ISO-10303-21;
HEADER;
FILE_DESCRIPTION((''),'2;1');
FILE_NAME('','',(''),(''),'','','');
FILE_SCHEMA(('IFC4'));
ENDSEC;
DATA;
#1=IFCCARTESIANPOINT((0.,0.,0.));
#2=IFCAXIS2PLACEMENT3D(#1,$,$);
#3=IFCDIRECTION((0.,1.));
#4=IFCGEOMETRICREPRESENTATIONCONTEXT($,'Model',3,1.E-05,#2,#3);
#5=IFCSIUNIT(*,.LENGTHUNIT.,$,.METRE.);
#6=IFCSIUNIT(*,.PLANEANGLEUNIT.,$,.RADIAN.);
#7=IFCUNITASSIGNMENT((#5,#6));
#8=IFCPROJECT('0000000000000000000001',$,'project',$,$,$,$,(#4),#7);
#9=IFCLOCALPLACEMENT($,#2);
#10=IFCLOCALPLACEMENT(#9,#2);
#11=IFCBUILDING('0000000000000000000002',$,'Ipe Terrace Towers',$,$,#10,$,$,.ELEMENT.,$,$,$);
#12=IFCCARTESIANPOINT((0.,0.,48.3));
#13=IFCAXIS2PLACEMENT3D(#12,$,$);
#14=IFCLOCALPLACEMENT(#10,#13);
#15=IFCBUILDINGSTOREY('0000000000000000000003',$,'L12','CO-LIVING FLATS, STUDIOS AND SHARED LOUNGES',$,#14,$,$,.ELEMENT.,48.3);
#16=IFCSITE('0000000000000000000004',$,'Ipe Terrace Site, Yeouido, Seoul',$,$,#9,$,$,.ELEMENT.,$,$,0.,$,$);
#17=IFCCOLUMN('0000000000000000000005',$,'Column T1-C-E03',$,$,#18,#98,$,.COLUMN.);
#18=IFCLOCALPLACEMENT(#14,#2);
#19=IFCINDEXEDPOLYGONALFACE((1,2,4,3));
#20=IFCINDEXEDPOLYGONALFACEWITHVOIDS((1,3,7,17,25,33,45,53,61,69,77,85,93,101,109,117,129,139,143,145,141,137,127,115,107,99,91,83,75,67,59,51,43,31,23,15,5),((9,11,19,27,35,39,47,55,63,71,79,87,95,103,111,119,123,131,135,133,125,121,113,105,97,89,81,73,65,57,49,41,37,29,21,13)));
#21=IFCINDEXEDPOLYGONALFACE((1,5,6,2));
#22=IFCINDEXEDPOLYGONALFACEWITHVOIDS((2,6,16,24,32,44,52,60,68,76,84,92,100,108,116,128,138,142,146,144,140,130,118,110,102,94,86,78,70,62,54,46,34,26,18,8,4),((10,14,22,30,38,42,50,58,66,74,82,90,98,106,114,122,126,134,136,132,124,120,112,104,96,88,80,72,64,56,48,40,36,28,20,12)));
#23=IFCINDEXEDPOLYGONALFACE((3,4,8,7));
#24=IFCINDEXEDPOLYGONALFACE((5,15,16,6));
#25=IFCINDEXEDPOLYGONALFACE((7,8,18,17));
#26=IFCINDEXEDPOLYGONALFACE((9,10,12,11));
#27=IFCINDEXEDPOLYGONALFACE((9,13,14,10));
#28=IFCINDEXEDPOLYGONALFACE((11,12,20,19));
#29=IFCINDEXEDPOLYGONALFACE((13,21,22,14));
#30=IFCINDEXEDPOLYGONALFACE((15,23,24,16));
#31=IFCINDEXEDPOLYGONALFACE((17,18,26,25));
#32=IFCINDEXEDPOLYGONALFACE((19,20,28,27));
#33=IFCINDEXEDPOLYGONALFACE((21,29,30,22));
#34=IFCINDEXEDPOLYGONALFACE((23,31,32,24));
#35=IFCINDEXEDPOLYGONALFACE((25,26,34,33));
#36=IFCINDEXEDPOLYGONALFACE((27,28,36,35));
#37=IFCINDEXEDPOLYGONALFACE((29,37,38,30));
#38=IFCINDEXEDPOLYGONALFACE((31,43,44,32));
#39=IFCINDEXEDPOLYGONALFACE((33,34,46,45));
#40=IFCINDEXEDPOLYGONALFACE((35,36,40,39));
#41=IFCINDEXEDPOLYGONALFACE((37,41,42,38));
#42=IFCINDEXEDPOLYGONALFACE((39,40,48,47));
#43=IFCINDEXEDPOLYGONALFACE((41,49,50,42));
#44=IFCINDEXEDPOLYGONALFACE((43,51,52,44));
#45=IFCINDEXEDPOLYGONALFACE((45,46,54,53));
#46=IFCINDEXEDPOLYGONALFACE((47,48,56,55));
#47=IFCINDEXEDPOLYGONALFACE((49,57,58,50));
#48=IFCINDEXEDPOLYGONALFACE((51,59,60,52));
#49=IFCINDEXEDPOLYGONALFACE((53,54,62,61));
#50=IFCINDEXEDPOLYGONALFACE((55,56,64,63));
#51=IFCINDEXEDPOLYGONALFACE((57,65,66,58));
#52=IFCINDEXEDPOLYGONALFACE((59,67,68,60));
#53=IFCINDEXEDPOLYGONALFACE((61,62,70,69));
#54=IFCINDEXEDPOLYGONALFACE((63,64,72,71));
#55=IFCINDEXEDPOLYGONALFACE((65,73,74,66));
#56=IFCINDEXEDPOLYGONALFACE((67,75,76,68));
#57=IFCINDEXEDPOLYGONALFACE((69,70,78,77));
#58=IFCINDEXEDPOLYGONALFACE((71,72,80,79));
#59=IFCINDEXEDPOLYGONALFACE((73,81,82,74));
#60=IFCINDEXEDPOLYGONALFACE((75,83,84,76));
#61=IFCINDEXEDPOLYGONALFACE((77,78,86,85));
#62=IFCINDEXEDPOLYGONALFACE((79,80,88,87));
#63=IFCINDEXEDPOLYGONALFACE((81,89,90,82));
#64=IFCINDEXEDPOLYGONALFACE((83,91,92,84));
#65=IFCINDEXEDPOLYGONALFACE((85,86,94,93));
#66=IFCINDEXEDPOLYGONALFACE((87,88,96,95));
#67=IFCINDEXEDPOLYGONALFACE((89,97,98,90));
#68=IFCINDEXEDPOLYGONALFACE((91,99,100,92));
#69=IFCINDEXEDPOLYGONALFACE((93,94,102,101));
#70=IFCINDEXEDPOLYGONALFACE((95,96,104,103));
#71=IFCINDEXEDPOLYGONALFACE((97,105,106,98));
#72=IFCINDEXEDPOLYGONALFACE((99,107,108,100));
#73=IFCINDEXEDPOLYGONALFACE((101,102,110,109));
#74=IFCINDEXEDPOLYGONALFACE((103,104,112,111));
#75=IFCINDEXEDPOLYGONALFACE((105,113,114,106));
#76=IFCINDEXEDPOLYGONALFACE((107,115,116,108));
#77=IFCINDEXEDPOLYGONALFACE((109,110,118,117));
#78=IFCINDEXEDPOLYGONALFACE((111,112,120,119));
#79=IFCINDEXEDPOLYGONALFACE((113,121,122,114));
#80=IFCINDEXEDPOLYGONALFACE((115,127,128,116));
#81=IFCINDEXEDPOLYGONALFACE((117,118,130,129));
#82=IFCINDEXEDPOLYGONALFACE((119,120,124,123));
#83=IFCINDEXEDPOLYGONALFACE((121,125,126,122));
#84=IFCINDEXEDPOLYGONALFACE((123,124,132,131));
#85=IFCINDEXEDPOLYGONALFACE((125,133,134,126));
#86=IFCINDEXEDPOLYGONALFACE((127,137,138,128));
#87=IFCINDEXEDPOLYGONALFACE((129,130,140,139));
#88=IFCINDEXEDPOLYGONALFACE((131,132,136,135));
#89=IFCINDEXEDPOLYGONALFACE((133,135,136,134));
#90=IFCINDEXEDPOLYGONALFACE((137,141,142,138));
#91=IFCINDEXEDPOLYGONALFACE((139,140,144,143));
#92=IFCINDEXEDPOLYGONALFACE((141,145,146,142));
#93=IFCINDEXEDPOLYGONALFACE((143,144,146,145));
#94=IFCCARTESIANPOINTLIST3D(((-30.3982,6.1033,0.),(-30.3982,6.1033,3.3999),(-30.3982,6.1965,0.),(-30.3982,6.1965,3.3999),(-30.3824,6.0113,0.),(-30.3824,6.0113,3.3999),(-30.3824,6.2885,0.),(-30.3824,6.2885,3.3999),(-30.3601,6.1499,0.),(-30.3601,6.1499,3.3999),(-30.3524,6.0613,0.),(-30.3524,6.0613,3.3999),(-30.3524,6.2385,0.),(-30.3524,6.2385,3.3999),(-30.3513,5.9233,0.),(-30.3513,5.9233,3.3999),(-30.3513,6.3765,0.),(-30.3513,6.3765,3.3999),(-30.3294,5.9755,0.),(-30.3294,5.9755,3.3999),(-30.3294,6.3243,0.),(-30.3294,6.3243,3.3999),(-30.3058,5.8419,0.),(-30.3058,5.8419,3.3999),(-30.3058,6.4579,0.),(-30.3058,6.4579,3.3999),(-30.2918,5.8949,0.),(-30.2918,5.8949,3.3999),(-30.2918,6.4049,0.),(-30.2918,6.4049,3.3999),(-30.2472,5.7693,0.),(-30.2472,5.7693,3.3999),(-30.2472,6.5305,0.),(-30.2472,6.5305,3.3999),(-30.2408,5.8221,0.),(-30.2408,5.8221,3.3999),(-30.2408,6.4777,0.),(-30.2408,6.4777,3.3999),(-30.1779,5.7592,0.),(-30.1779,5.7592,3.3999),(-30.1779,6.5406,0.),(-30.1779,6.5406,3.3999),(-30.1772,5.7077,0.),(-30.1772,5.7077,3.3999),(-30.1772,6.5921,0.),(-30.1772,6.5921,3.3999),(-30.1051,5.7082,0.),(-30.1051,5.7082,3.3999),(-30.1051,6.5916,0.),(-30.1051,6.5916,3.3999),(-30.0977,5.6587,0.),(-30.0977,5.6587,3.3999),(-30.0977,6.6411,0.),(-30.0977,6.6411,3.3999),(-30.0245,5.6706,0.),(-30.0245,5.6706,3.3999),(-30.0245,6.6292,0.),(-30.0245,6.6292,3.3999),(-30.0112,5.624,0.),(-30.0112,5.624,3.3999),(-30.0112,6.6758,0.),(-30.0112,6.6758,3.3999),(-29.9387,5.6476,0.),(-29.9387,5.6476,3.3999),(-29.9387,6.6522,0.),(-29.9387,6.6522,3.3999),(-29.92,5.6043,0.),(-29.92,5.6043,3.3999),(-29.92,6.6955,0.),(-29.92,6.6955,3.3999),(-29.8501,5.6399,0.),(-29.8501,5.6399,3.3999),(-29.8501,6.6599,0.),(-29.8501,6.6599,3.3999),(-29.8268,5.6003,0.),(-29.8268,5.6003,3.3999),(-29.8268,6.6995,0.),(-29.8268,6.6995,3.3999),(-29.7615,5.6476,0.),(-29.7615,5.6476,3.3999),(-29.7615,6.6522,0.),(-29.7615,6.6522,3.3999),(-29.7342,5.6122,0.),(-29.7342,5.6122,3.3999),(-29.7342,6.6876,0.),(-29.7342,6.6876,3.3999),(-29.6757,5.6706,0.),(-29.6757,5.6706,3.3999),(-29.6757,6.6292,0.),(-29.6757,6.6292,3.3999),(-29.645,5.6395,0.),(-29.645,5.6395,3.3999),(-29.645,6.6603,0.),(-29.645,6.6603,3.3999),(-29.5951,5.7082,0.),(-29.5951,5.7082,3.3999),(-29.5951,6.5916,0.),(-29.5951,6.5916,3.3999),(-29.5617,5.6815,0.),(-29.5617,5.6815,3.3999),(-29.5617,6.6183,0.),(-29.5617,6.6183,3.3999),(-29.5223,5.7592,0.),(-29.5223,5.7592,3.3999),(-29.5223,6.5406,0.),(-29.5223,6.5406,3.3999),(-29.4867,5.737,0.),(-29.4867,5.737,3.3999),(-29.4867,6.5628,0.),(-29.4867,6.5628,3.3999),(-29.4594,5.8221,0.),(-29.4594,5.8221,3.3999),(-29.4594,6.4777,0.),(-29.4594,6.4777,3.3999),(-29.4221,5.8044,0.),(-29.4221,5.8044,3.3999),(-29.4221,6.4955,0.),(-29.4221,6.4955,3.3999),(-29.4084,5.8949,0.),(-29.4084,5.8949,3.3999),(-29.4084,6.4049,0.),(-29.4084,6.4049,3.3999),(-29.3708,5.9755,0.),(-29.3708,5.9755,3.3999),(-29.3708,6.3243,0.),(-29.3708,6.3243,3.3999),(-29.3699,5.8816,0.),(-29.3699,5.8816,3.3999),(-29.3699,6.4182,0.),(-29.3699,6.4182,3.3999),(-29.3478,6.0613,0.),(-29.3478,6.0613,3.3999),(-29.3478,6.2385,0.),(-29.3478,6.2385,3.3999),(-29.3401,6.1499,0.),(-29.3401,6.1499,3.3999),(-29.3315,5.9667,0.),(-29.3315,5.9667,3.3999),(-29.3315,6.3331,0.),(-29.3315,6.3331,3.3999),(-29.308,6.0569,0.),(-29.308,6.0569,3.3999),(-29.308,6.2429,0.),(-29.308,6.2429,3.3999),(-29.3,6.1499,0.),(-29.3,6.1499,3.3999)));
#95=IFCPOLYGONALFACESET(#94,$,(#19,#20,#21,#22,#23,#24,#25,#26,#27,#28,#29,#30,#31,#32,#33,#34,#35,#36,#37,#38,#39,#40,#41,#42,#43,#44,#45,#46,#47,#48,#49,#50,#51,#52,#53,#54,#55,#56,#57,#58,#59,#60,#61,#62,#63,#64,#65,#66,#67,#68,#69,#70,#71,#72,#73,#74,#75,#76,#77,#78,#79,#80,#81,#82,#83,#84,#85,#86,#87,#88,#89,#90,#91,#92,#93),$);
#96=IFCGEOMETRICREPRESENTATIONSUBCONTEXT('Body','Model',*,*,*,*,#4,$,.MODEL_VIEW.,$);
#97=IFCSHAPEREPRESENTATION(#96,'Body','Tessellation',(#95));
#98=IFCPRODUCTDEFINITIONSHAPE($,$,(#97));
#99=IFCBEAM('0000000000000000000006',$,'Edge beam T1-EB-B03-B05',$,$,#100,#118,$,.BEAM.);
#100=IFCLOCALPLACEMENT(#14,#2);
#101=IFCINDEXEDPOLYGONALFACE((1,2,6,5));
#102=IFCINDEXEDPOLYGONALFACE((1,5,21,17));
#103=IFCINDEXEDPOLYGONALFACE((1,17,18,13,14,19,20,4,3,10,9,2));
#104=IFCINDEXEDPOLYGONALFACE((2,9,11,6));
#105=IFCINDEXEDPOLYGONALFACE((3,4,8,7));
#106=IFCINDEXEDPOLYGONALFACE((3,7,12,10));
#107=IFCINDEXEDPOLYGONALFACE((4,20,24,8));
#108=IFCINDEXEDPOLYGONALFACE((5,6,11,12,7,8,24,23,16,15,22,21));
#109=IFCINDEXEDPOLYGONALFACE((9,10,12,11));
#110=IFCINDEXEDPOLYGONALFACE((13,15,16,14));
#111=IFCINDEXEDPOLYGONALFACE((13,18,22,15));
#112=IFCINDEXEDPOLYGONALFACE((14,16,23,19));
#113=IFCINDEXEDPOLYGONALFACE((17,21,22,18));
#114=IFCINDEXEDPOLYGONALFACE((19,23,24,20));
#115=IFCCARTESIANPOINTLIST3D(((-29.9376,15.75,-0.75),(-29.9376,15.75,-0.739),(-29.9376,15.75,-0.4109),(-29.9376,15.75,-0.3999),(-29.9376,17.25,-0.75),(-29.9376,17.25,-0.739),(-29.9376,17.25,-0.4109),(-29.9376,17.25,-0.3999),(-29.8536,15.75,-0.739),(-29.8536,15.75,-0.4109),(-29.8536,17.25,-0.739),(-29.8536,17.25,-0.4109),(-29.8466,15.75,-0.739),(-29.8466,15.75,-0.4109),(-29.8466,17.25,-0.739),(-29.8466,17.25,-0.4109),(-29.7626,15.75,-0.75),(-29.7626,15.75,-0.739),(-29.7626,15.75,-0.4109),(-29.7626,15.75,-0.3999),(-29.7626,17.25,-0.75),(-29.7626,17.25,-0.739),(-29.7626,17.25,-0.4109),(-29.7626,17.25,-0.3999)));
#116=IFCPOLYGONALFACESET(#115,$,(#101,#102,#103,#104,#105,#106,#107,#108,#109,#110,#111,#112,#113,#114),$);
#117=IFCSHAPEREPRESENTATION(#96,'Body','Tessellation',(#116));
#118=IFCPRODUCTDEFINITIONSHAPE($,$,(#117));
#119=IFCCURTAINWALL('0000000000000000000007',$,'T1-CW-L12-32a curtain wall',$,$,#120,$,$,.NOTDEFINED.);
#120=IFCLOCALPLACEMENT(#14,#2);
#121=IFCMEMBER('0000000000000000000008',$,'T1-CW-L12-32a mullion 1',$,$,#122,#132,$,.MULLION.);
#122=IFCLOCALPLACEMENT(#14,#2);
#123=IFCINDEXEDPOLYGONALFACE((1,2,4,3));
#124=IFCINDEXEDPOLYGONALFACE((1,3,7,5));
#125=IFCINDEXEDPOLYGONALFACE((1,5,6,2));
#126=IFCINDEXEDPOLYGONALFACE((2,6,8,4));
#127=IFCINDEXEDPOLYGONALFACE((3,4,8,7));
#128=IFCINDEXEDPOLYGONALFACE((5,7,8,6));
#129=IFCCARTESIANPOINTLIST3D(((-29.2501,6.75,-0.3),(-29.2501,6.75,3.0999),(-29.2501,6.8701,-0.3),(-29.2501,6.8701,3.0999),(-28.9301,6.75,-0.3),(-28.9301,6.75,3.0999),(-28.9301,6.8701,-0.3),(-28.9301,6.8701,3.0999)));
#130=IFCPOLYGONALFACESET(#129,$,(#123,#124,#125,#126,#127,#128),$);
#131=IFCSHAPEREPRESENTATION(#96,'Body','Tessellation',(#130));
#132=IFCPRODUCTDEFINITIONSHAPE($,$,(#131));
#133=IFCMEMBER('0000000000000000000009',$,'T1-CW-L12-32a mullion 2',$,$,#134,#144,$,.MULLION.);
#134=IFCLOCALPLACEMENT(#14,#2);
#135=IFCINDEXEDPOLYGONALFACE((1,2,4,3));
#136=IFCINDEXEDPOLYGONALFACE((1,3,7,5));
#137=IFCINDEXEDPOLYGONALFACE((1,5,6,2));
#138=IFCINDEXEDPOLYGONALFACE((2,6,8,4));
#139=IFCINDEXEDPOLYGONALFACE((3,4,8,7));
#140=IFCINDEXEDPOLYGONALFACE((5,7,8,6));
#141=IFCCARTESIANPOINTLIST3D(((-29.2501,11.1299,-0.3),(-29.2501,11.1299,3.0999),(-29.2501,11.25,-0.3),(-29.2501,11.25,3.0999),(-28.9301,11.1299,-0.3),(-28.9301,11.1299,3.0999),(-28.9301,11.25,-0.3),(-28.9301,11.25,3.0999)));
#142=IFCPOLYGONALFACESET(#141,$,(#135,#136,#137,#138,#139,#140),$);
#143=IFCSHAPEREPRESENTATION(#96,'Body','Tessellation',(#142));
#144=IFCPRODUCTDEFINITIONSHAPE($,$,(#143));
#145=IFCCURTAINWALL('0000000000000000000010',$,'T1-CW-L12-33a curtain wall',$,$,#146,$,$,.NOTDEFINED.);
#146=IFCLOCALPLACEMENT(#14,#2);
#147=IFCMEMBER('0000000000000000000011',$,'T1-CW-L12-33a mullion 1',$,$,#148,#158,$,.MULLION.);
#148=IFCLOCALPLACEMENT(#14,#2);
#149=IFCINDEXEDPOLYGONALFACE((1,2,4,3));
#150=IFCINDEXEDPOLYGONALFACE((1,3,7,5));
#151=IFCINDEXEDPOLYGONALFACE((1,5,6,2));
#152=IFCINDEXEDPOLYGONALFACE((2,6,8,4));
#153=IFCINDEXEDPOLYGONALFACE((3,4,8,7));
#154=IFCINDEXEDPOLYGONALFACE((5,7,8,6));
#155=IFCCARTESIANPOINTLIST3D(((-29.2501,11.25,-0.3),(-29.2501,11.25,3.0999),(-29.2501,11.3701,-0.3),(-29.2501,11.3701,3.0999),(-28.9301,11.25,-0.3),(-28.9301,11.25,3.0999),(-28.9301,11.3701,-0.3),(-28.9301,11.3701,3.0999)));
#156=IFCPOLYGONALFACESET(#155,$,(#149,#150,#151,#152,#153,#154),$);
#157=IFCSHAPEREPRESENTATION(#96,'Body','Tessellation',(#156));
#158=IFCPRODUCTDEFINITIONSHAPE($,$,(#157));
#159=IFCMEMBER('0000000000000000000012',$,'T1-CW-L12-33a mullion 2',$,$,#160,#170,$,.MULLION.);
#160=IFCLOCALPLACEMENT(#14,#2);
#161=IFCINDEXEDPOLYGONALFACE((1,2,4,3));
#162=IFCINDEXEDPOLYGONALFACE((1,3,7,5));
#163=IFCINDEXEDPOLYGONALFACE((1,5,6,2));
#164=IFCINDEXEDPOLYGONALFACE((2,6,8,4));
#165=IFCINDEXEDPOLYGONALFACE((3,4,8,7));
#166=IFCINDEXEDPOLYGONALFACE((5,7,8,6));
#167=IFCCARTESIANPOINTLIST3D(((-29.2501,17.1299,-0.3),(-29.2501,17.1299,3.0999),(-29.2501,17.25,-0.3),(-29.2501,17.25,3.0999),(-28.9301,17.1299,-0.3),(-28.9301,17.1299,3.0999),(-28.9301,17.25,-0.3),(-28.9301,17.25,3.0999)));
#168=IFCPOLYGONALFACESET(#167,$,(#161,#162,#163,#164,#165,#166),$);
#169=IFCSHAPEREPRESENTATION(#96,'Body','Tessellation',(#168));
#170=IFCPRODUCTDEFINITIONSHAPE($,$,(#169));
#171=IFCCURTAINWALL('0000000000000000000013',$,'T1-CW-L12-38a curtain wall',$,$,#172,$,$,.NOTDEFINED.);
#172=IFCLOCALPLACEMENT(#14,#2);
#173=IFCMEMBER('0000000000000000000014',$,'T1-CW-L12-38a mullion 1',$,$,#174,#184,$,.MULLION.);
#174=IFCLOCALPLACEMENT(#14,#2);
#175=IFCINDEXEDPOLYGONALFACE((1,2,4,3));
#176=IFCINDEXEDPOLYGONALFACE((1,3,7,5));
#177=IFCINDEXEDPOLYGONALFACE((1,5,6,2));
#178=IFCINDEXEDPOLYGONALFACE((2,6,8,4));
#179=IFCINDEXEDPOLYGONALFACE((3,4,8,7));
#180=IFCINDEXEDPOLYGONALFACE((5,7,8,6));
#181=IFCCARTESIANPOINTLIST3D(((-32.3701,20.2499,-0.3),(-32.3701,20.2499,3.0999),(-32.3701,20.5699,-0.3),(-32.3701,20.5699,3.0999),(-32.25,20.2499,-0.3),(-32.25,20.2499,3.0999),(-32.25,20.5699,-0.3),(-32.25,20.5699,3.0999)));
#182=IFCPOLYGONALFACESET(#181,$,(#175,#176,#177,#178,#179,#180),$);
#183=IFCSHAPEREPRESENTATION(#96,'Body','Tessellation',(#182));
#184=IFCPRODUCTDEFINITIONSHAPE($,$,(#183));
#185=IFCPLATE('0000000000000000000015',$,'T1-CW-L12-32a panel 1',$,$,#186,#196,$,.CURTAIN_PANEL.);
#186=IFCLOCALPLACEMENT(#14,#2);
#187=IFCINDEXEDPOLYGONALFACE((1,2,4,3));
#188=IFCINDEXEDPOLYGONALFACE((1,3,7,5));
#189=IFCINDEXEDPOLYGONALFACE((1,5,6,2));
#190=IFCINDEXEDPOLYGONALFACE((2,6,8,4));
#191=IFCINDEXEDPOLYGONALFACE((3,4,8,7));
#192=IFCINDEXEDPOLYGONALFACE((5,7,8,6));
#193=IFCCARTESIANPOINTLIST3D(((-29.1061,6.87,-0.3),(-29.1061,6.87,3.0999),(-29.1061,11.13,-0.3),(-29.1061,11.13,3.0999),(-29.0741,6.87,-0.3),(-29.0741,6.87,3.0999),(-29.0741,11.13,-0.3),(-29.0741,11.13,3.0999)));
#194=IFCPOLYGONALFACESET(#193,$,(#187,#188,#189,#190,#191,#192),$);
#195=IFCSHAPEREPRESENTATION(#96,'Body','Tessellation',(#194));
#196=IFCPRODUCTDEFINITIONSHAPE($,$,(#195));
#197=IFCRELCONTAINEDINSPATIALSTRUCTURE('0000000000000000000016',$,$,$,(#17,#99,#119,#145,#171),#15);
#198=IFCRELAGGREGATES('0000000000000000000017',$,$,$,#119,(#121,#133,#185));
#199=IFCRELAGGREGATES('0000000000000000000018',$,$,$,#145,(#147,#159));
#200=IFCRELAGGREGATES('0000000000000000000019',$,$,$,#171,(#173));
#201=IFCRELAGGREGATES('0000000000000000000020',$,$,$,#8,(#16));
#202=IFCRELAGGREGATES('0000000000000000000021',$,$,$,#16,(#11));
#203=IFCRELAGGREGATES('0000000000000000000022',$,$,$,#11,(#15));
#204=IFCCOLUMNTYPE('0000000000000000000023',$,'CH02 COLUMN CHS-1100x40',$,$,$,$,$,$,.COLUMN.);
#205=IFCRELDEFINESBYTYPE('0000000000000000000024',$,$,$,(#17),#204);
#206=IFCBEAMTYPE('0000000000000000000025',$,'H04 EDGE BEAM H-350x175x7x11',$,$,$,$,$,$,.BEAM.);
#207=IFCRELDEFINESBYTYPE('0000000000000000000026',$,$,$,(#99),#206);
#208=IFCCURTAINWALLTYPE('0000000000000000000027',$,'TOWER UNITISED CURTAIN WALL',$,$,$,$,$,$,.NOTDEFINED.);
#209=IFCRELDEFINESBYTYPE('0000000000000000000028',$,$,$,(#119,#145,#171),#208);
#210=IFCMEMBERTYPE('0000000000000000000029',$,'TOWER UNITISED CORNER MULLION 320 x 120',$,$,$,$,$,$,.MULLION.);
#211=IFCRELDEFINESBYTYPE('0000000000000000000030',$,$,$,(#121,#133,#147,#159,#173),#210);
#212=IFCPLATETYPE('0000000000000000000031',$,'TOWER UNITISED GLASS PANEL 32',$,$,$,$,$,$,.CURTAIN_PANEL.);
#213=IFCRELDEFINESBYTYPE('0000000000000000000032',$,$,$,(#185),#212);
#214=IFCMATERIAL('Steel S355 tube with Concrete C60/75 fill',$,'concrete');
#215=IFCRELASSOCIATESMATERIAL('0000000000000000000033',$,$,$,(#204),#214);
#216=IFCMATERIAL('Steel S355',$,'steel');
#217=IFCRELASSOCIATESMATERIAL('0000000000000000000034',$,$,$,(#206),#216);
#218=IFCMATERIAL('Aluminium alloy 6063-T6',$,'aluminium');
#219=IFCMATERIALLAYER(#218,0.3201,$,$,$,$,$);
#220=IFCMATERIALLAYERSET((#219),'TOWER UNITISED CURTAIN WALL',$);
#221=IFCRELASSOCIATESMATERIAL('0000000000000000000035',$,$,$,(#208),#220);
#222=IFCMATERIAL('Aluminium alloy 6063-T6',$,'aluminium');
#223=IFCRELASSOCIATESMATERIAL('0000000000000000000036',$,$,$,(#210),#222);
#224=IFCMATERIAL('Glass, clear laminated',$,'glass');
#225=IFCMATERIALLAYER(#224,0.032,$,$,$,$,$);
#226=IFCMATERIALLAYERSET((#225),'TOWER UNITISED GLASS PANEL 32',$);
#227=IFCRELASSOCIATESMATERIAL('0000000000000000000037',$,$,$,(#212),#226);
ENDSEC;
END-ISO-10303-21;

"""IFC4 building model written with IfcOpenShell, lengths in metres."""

from ifc_helpers import new_model, si_unit, direction, frame, origin, origin_2d, place, context, subcontext, project, spatial, rectangle, hollow_circle, i_section, extrude, material, layer, layer_set, material_profile, profile_set, type_object, element, aggregate, save


model = new_model("IFC4")

# Units and contexts
model_context = context("Model", 3, precision=1e-05, world=origin(), true_north=direction((0.0, 1.0)))
body_context = subcontext(model_context, "Body", "Model", "MODEL_VIEW")
ifc_project = project(units=[si_unit("LENGTHUNIT", "METRE"), si_unit("PLANEANGLEUNIT", "RADIAN")], contexts=[model_context])

# Site, building, storey
site_placement = place(None, origin())
site = spatial("IfcSite", under=ifc_project, at=site_placement, Name="Ipe Terrace Site, Yeouido, Seoul", CompositionType="ELEMENT", RefElevation=0.0)
building_placement = place(site_placement, origin())
building = spatial("IfcBuilding", under=site, at=building_placement, Name="Ipe Terrace Towers", CompositionType="ELEMENT")
storey_placement = place(building_placement, frame((0.0, 0.0, 48.3)))
storey = spatial("IfcBuildingStorey", under=building, at=storey_placement, Name="L12", Description="CO-LIVING FLATS, STUDIOS AND SHARED LOUNGES", CompositionType="ELEMENT", Elevation=48.3)

# Column
ifc_material_1 = material(Name="Steel S355 tube with Concrete C60/75 fill", Category="concrete")
ifc_material_profile_1 = material_profile(ifc_material_1, hollow_circle(Radius=0.55, WallThickness=0.04, at=origin_2d()), Name="CHS-1100x40")
ifc_profile_set_1 = profile_set([ifc_material_profile_1], Name="Steel S355 tube with Concrete C60/75 fill")
column_type_1 = type_object("IfcColumnType", Name="CH02 COLUMN CHS-1100x40", PredefinedType="COLUMN", material=ifc_profile_set_1)
column_placement = place(storey_placement, frame((-29.8501, 6.1499, 0.0), z_axis=(0.0, 0.0, 1.0), x_axis=(1.0, 0.0, 0.0)))
element("IfcColumn", 1, at=column_placement, inside=storey, type_object=column_type_1, Name="Column T1-C-E03", PredefinedType="COLUMN", context=body_context, shape_type="SweptSolid", body=[
    extrude(hollow_circle(Radius=0.55, WallThickness=0.04, at=origin_2d()), origin(), (0.0, 0.0, 1.0), 3.3999),
])

# Beam
ifc_material_2 = material(Name="Steel S355", Category="steel")
ifc_material_profile_2 = material_profile(ifc_material_2, i_section(OverallWidth=0.175, OverallDepth=0.3501, WebThickness=0.0071, FlangeThickness=0.011, at=origin_2d()), Name="H-350x175x7x11")
ifc_profile_set_2 = profile_set([ifc_material_profile_2], Name="Steel S355")
beam_type = type_object("IfcBeamType", Name="H04 EDGE BEAM H-350x175x7x11", PredefinedType="BEAM", material=ifc_profile_set_2)
beam_placement = place(storey_placement, frame((-29.8501, 15.75, -0.575), z_axis=(0.0, 1.0, 0.0), x_axis=(-1.0, 0.0, 0.0)))
element("IfcBeam", 2, at=beam_placement, inside=storey, type_object=beam_type, Name="Edge beam T1-EB-B03-B05", PredefinedType="BEAM", context=body_context, shape_type="SweptSolid", body=[
    extrude(i_section(OverallWidth=0.175, OverallDepth=0.3501, WebThickness=0.0071, FlangeThickness=0.011, at=origin_2d()), origin(), (0.0, 0.0, 1.0), 1.5),
])

# Curtain walls, members
ifc_material_3 = material(Name="Aluminium alloy 6063-T6", Category="aluminium")
ifc_layer_1 = layer(ifc_material_3, 0.3201)
ifc_layer_set_1 = layer_set([ifc_layer_1], Name="TOWER UNITISED CURTAIN WALL")
curtain_wall_type = type_object("IfcCurtainWallType", Name="TOWER UNITISED CURTAIN WALL", PredefinedType="NOTDEFINED", material=ifc_layer_set_1)
curtain_wall_1_placement = place(storey_placement, origin())
curtain_wall_1 = element("IfcCurtainWall", 3, at=curtain_wall_1_placement, inside=storey, type_object=curtain_wall_type, Name="T1-CW-L12-32a curtain wall", PredefinedType="NOTDEFINED")
ifc_material_4 = material(Name="Aluminium alloy 6063-T6", Category="aluminium")
ifc_material_profile_3 = material_profile(ifc_material_4, rectangle(XDim=0.3201, YDim=0.1201, at=origin_2d()), Name="TOWER UNITISED CORNER MULLION 320 x 120")
ifc_profile_set_3 = profile_set([ifc_material_profile_3], Name="Aluminium alloy 6063-T6")
member_type = type_object("IfcMemberType", Name="TOWER UNITISED CORNER MULLION 320 x 120", PredefinedType="MULLION", material=ifc_profile_set_3)
member_1_placement = place(storey_placement, frame((-29.0901, 6.8101, -0.3), z_axis=(0.0, 0.0, 1.0), x_axis=(1.0, 0.0, 0.0)))
member_1 = element("IfcMember", 4, at=member_1_placement, type_object=member_type, Name="T1-CW-L12-32a mullion 1", PredefinedType="MULLION", context=body_context, shape_type="SweptSolid", body=[
    extrude(rectangle(XDim=0.3201, YDim=0.1201, at=origin_2d()), origin(), (0.0, 0.0, 1.0), 3.3999),
])
member_2_placement = place(storey_placement, frame((-29.0901, 11.1899, -0.3), z_axis=(0.0, 0.0, 1.0), x_axis=(1.0, 0.0, 0.0)))
member_2 = element("IfcMember", 5, at=member_2_placement, type_object=member_type, Name="T1-CW-L12-32a mullion 2", PredefinedType="MULLION", context=body_context, shape_type="SweptSolid", body=[
    extrude(rectangle(XDim=0.3201, YDim=0.1201, at=origin_2d()), origin(), (0.0, 0.0, 1.0), 3.3999),
])
curtain_wall_2_placement = place(storey_placement, origin())
curtain_wall_2 = element("IfcCurtainWall", 6, at=curtain_wall_2_placement, inside=storey, type_object=curtain_wall_type, Name="T1-CW-L12-33a curtain wall", PredefinedType="NOTDEFINED")
member_3_placement = place(storey_placement, frame((-29.0901, 11.3101, -0.3), z_axis=(0.0, 0.0, 1.0), x_axis=(1.0, 0.0, 0.0)))
member_3 = element("IfcMember", 7, at=member_3_placement, type_object=member_type, Name="T1-CW-L12-33a mullion 1", PredefinedType="MULLION", context=body_context, shape_type="SweptSolid", body=[
    extrude(rectangle(XDim=0.3201, YDim=0.1201, at=origin_2d()), origin(), (0.0, 0.0, 1.0), 3.3999),
])
member_4_placement = place(storey_placement, frame((-29.0901, 17.1899, -0.3), z_axis=(0.0, 0.0, 1.0), x_axis=(1.0, 0.0, 0.0)))
member_4 = element("IfcMember", 8, at=member_4_placement, type_object=member_type, Name="T1-CW-L12-33a mullion 2", PredefinedType="MULLION", context=body_context, shape_type="SweptSolid", body=[
    extrude(rectangle(XDim=0.3201, YDim=0.1201, at=origin_2d()), origin(), (0.0, 0.0, 1.0), 3.3999),
])

# Curtain wall, member
curtain_wall_3_placement = place(storey_placement, origin())
curtain_wall_3 = element("IfcCurtainWall", 9, at=curtain_wall_3_placement, inside=storey, type_object=curtain_wall_type, Name="T1-CW-L12-38a curtain wall", PredefinedType="NOTDEFINED")
member_5_placement = place(storey_placement, frame((-32.3101, 20.4099, -0.3), z_axis=(0.0, 0.0, 1.0), x_axis=(0.0, 1.0, 0.0)))
member_5 = element("IfcMember", 10, at=member_5_placement, type_object=member_type, Name="T1-CW-L12-38a mullion 1", PredefinedType="MULLION", context=body_context, shape_type="SweptSolid", body=[
    extrude(rectangle(XDim=0.3201, YDim=0.1201, at=origin_2d()), origin(), (0.0, 0.0, 1.0), 3.3999),
])

# Plate
ifc_material_5 = material(Name="Glass, clear laminated", Category="glass")
ifc_layer_2 = layer(ifc_material_5, 0.032)
ifc_layer_set_2 = layer_set([ifc_layer_2], Name="TOWER UNITISED GLASS PANEL 32")
plate_type = type_object("IfcPlateType", Name="TOWER UNITISED GLASS PANEL 32", PredefinedType="CURTAIN_PANEL", material=ifc_layer_set_2)
plate_1_placement = place(storey_placement, frame((-29.0901, 9.0, -0.3), z_axis=(0.0, 0.0, 1.0), x_axis=(0.0, 1.0, 0.0)))
plate_1 = element("IfcPlate", 11, at=plate_1_placement, type_object=plate_type, Name="T1-CW-L12-32a panel 1", PredefinedType="CURTAIN_PANEL", context=body_context, shape_type="SweptSolid", body=[
    extrude(rectangle(XDim=4.26, YDim=0.032, at=origin_2d()), origin(), (0.0, 0.0, 1.0), 3.3999),
])
aggregate(curtain_wall_1, [member_1, member_2, plate_1])
aggregate(curtain_wall_2, [member_3, member_4])
aggregate(curtain_wall_3, [member_5])

save(model, "model.ifc")
